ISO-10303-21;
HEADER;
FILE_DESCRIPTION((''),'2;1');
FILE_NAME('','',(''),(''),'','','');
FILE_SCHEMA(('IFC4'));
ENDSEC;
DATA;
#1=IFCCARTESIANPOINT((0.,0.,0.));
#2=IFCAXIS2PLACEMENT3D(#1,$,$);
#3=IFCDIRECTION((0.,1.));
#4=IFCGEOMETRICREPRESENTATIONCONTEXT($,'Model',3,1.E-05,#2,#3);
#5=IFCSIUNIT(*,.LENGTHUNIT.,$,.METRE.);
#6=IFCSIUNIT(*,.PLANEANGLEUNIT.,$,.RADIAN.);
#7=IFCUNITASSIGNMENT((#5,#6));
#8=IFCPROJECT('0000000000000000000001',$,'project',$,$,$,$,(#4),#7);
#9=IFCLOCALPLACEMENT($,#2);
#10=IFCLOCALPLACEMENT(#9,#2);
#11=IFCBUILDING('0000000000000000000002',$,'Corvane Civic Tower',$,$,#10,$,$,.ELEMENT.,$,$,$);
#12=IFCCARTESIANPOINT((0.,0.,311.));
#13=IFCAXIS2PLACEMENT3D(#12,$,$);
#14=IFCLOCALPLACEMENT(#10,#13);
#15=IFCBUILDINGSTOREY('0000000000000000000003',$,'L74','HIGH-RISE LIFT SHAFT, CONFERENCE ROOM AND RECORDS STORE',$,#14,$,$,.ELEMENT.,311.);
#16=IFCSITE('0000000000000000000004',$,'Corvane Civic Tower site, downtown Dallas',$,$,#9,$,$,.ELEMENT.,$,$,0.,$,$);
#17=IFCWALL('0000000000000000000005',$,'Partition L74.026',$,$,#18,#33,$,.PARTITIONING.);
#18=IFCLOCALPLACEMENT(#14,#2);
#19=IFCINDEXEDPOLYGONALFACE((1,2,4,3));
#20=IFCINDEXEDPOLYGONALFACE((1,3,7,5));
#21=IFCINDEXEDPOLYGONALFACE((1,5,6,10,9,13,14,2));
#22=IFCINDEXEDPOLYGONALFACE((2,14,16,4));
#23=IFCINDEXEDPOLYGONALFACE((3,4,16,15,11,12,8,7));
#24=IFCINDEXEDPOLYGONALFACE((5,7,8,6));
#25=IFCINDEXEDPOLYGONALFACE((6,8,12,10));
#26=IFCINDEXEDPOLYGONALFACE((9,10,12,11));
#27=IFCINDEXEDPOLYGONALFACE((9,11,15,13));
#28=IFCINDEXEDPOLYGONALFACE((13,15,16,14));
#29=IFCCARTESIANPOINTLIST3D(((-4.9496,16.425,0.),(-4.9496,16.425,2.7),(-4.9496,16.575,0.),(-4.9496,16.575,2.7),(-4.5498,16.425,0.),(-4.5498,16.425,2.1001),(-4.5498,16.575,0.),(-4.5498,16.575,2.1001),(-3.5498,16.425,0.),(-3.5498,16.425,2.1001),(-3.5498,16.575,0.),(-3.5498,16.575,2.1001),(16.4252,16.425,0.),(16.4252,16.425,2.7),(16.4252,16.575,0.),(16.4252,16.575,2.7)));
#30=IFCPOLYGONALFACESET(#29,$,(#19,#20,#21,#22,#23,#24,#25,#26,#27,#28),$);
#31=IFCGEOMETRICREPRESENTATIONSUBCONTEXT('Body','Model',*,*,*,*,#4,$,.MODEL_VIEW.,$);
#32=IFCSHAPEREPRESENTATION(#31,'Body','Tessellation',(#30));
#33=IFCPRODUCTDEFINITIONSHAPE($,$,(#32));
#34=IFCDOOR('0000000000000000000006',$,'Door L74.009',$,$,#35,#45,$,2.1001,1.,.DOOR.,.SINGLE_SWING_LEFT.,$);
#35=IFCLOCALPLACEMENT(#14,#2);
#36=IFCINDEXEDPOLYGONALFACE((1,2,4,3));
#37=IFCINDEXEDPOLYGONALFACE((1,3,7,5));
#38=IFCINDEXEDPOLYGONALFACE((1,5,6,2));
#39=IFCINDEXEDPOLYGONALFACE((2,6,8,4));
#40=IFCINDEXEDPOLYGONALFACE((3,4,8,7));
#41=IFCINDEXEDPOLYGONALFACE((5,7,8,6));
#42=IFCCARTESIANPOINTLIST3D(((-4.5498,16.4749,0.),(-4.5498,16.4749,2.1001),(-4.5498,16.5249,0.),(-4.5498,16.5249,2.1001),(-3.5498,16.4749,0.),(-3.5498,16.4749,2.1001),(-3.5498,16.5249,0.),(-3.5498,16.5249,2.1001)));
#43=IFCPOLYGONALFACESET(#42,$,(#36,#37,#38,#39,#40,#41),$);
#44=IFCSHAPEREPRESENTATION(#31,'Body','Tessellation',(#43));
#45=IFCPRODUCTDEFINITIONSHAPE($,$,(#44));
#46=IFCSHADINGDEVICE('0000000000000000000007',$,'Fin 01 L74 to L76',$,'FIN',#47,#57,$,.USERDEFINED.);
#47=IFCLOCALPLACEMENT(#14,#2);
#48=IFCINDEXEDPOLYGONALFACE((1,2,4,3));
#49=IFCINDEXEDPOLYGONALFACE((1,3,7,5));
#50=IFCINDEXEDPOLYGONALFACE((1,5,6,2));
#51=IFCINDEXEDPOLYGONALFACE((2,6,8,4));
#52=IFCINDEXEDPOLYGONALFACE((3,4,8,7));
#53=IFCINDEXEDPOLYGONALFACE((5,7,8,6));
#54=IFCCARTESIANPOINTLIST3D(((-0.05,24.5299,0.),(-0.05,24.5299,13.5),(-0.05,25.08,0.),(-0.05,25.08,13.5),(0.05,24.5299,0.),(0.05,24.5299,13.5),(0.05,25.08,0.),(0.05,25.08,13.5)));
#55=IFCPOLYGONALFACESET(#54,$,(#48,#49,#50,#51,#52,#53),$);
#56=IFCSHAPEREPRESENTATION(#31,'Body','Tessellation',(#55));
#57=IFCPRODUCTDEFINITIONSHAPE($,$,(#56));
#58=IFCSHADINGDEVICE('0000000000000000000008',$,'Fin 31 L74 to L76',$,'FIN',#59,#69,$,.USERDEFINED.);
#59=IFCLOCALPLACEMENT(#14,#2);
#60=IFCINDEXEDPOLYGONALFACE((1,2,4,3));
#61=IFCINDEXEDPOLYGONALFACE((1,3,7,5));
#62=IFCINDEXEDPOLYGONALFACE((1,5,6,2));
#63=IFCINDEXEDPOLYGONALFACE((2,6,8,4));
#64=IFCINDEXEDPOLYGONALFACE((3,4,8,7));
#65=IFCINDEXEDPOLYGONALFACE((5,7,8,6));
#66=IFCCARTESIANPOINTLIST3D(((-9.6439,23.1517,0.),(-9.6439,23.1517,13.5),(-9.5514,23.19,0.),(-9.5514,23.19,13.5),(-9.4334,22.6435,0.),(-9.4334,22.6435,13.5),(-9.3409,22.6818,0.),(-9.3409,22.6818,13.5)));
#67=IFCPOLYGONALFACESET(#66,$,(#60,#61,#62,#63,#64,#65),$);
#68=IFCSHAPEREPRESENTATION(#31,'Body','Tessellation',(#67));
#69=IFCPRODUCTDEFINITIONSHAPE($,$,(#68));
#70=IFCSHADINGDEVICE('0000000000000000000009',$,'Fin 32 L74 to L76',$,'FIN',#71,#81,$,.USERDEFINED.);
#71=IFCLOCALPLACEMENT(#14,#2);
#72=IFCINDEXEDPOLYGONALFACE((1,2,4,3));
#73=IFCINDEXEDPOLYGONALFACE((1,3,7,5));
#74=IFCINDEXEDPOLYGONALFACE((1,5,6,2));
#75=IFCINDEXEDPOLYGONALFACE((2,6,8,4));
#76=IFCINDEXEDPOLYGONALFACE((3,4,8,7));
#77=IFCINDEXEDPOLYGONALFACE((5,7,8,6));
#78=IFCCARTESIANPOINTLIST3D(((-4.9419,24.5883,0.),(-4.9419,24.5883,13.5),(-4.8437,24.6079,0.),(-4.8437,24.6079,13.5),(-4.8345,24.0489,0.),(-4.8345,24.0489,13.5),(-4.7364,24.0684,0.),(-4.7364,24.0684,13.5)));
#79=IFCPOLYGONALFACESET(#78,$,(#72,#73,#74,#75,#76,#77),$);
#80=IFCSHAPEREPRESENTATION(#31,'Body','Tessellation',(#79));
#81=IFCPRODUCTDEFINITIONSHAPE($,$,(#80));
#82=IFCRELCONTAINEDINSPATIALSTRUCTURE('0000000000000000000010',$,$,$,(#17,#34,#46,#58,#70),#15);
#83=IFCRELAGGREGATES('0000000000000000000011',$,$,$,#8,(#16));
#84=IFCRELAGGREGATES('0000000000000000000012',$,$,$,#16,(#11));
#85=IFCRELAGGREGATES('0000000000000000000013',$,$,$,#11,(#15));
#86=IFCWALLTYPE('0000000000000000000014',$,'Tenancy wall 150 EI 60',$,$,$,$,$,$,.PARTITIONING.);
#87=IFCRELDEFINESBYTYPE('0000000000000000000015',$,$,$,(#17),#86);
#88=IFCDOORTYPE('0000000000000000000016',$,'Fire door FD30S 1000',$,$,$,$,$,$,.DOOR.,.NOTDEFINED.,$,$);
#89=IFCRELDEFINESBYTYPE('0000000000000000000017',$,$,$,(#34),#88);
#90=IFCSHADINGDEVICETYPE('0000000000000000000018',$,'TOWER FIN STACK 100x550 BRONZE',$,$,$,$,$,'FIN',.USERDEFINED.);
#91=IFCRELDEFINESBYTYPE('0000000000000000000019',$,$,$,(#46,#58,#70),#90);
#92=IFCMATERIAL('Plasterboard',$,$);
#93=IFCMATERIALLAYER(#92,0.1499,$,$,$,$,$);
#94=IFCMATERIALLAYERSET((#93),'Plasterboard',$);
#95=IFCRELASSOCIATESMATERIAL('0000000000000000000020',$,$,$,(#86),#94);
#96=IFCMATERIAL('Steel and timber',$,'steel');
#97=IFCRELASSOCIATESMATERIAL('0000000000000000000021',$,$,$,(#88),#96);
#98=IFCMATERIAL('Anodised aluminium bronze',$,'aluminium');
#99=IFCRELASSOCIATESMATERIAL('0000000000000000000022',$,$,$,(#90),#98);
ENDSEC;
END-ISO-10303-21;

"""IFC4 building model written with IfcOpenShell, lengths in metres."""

from ifc_helpers import new_model, si_unit, direction, frame, frame_2d, origin, origin_2d, place, context, subcontext, project, spatial, rectangle, extrude, material, layer, layer_set, material_profile, profile_set, type_object, element, fill, save


model = new_model("IFC4")

# Units and contexts
model_context = context("Model", 3, precision=1e-05, world=origin(), true_north=direction((0.0, 1.0)))
body_context = subcontext(model_context, "Body", "Model", "MODEL_VIEW")
ifc_project = project(units=[si_unit("LENGTHUNIT", "METRE"), si_unit("PLANEANGLEUNIT", "RADIAN")], contexts=[model_context])

# Site, building, storey
site_placement = place(None, origin())
site = spatial("IfcSite", under=ifc_project, at=site_placement, Name="Corvane Civic Tower site, downtown Dallas", CompositionType="ELEMENT", RefElevation=0.0)
building_placement = place(site_placement, origin())
building = spatial("IfcBuilding", under=site, at=building_placement, Name="Corvane Civic Tower", CompositionType="ELEMENT")
storey_placement = place(building_placement, frame((0.0, 0.0, 311.0)))
storey = spatial("IfcBuildingStorey", under=building, at=storey_placement, Name="L74", Description="HIGH-RISE LIFT SHAFT, CONFERENCE ROOM AND RECORDS STORE", CompositionType="ELEMENT", Elevation=311.0)

# Shared definitions
ifc_material_1 = material(Name="Plasterboard")
ifc_layer_1 = layer(ifc_material_1, 0.1499)
ifc_layer_set_1 = layer_set([ifc_layer_1], Name="Plasterboard")
wall_type_1 = type_object("IfcWallType", Name="Tenancy wall 150 EI 60", PredefinedType="PARTITIONING", material=ifc_layer_set_1)

# Wall, opening, door
wall_1_placement = place(storey_placement, frame((-4.9497, 16.5, 0.0), z_axis=(0.0, 0.0, 1.0), x_axis=(1.0, 0.0, 0.0)))
wall_1 = element("IfcWall", 1, at=wall_1_placement, inside=storey, type_object=wall_type_1, Name="Partition L74.026", PredefinedType="PARTITIONING", context=body_context, shape_type="SweptSolid", body=[
    extrude(rectangle(XDim=21.3748, YDim=0.1499, at=frame_2d((10.6875, 0.0))), origin(), (0.0, 0.0, 1.0), 2.7),
])
opening_placement = place(wall_1_placement, frame((0.3999, 0.0, 0.0)))
opening = element("IfcOpeningElement", 2, at=opening_placement, cuts=wall_1, PredefinedType="OPENING", context=body_context, shape_type="SweptSolid", body=[
    extrude(rectangle(XDim=1.0, YDim=2.1001, at=frame_2d((0.5, 1.05))), frame((0.0, 0.085, 0.0), z_axis=(0.0, -1.0, 0.0), x_axis=(1.0, 0.0, 0.0)), (0.0, 0.0, 1.0), 0.1699),
])
ifc_material_2 = material(Name="Steel and timber", Category="steel")
door_type = type_object("IfcDoorType", Name="Fire door FD30S 1000", OperationType="NOTDEFINED", PredefinedType="DOOR", material=ifc_material_2)
door_placement = place(opening_placement, origin())
door = element("IfcDoor", 3, at=door_placement, inside=storey, type_object=door_type, Name="Door L74.009", OperationType="SINGLE_SWING_LEFT", OverallHeight=2.1001, OverallWidth=1.0, PredefinedType="DOOR", context=body_context, shape_type="SweptSolid", body=[
    extrude(rectangle(XDim=1.0, YDim=2.1001, at=frame_2d((0.5, 1.05))), frame((0.0, 0.0249, 0.0), z_axis=(0.0, -1.0, 0.0), x_axis=(1.0, 0.0, 0.0)), (0.0, 0.0, 1.0), 0.05),
])
fill(opening, door)

# Shading devices
ifc_material_3 = material(Name="Anodised aluminium bronze", Category="aluminium")
ifc_material_profile_1 = material_profile(ifc_material_3, rectangle(XDim=0.1001, YDim=0.55, at=origin_2d()), Name="TOWER FIN STACK 100x550 BRONZE")
ifc_profile_set_1 = profile_set([ifc_material_profile_1], Name="Anodised aluminium bronze")
shading_device_type = type_object("IfcShadingDeviceType", Name="TOWER FIN STACK 100x550 BRONZE", ElementType="FIN", PredefinedType="USERDEFINED", material=ifc_profile_set_1)
for number, where, z_axis, x_axis, name in (
    (4, (0.0, 24.8049, 0.0), (0.0, 0.0, 1.0), (1.0, 0.0, 0.0), "Fin 01 L74 to L76"),
    (5, (-9.4924, 22.9167, 0.0), (0.0, 0.0, 1.0), (0.92388, 0.382683, 0.0), "Fin 31 L74 to L76"),
    (6, (-4.8391, 24.3284, 0.0), (0.0, 0.0, 1.0), (0.980785, 0.19509, 0.0), "Fin 32 L74 to L76"),
):
    element("IfcShadingDevice", number, at=place(storey_placement, frame(where, z_axis=z_axis, x_axis=x_axis)), inside=storey, type_object=shading_device_type, Name=name, ObjectType="FIN", PredefinedType="USERDEFINED", context=body_context, shape_type="SweptSolid", body=[
        extrude(rectangle(XDim=0.1001, YDim=0.55, at=origin_2d()), origin(), (0.0, 0.0, 1.0), 13.5),
    ])

save(model, "model.ifc")
